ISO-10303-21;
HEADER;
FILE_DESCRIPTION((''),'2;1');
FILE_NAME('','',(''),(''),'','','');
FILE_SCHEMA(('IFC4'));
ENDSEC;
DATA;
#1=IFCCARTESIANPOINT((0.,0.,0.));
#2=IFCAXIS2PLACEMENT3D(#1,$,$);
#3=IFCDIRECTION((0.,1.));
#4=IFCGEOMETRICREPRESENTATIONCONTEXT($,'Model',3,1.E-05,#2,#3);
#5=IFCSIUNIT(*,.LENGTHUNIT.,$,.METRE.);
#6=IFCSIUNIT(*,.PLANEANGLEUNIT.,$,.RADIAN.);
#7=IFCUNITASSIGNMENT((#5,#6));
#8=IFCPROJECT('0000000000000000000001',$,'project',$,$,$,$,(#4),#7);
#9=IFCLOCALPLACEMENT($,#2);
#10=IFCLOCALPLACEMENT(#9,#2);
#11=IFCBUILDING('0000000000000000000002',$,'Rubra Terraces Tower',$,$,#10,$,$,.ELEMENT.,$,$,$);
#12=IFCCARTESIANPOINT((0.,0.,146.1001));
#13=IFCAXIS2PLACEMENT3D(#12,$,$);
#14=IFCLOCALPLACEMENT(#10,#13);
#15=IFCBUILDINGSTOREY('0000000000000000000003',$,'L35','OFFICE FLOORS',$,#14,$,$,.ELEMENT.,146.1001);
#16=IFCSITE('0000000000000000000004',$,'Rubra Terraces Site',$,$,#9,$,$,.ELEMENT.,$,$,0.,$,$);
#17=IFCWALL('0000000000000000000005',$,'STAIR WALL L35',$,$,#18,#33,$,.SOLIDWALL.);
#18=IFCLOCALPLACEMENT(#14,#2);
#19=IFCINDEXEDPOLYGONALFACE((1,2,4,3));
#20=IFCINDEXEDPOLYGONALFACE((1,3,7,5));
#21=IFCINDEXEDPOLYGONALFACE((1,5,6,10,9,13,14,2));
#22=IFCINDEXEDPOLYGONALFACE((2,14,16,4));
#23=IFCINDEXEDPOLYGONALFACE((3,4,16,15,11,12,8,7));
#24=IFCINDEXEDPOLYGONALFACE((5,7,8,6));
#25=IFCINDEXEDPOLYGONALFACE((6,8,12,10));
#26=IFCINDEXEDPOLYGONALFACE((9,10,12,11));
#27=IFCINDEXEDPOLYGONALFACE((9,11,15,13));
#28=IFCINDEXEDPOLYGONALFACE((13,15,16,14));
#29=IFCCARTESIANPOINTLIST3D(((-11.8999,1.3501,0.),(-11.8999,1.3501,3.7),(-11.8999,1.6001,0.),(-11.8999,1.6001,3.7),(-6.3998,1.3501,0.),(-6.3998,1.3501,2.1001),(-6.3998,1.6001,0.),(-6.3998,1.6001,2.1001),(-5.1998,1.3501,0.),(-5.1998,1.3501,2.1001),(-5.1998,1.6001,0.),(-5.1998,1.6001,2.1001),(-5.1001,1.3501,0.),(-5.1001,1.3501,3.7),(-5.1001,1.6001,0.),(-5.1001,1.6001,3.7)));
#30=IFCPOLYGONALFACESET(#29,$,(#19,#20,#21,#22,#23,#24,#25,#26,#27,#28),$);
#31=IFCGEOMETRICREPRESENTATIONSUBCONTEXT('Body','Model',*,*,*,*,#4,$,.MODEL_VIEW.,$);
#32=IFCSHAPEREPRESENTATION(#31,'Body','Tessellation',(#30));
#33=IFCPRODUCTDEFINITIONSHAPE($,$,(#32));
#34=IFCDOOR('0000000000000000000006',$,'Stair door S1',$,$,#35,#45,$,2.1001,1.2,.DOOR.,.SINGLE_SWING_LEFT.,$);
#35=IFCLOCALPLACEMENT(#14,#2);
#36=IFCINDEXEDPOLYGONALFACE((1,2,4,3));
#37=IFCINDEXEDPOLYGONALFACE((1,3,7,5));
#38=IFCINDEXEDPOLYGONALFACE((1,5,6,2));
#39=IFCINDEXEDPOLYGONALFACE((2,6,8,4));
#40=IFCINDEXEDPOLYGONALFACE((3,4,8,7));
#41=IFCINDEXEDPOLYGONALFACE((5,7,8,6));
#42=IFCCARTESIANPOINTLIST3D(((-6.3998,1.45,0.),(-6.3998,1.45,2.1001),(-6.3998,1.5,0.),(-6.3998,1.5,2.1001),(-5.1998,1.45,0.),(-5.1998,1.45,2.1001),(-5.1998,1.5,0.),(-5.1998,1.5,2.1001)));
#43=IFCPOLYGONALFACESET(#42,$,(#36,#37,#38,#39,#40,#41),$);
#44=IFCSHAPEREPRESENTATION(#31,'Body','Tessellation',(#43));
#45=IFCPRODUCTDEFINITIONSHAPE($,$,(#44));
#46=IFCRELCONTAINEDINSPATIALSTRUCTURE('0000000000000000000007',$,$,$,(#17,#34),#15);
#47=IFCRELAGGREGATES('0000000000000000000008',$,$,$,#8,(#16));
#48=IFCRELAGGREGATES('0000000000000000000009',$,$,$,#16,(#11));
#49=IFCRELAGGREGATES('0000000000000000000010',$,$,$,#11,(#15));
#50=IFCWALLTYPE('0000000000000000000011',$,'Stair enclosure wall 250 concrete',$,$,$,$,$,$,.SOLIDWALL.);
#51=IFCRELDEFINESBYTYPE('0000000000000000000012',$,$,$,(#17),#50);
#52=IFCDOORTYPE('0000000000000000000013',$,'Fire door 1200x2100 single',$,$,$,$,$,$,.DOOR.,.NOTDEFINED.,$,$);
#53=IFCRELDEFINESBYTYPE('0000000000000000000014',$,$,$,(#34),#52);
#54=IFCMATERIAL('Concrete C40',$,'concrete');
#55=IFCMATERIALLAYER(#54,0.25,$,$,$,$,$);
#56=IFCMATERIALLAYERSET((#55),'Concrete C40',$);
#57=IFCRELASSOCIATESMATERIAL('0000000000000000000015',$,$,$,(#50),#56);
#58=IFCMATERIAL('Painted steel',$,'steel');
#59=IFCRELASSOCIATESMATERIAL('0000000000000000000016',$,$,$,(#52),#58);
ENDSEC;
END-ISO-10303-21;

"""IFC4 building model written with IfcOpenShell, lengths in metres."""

from ifc_helpers import new_model, si_unit, direction, frame, frame_2d, origin, place, context, subcontext, project, spatial, rectangle, extrude, material, layer, layer_set, type_object, element, fill, save


model = new_model("IFC4")

# Units and contexts
model_context = context("Model", 3, precision=1e-05, world=origin(), true_north=direction((0.0, 1.0)))
body_context = subcontext(model_context, "Body", "Model", "MODEL_VIEW")
ifc_project = project(units=[si_unit("LENGTHUNIT", "METRE"), si_unit("PLANEANGLEUNIT", "RADIAN")], contexts=[model_context])

# Site, building, storey
site_placement = place(None, origin())
site = spatial("IfcSite", under=ifc_project, at=site_placement, Name="Rubra Terraces Site", CompositionType="ELEMENT", RefElevation=0.0)
building_placement = place(site_placement, origin())
building = spatial("IfcBuilding", under=site, at=building_placement, Name="Rubra Terraces Tower", CompositionType="ELEMENT")
storey_placement = place(building_placement, frame((0.0, 0.0, 146.1001)))
storey = spatial("IfcBuildingStorey", under=building, at=storey_placement, Name="L35", Description="OFFICE FLOORS", CompositionType="ELEMENT", Elevation=146.1001)

# Shared definitions
ifc_material_1 = material(Name="Painted steel", Category="steel")

# Shared definitions
ifc_material_2 = material(Name="Concrete C40", Category="concrete")

# Wall, opening, door
ifc_layer_1 = layer(ifc_material_2, 0.25)
ifc_layer_set_1 = layer_set([ifc_layer_1], Name="Concrete C40")
wall_type_1 = type_object("IfcWallType", Name="Stair enclosure wall 250 concrete", PredefinedType="SOLIDWALL", material=ifc_layer_set_1)
wall_1_placement = place(storey_placement, frame((-11.8999, 1.4751, 0.0), z_axis=(0.0, 0.0, 1.0), x_axis=(1.0, 0.0, 0.0)))
wall_1 = element("IfcWall", 1, at=wall_1_placement, inside=storey, type_object=wall_type_1, Name="STAIR WALL L35", PredefinedType="SOLIDWALL", context=body_context, shape_type="SweptSolid", body=[
    extrude(rectangle(XDim=6.7998, YDim=0.25, at=frame_2d((3.3999, 0.0))), origin(), (0.0, 0.0, 1.0), 3.7),
])
opening_1_placement = place(wall_1_placement, frame((5.5, 0.0, 0.0)))
opening_1 = element("IfcOpeningElement", 2, at=opening_1_placement, cuts=wall_1, PredefinedType="OPENING", context=body_context, shape_type="SweptSolid", body=[
    extrude(rectangle(XDim=1.2, YDim=2.1001, at=frame_2d((0.6001, 1.05))), frame((0.0, 0.135, 0.0), z_axis=(0.0, -1.0, 0.0), x_axis=(1.0, 0.0, 0.0)), (0.0, 0.0, 1.0), 0.27),
])
door_type_1 = type_object("IfcDoorType", Name="Fire door 1200x2100 single", OperationType="NOTDEFINED", PredefinedType="DOOR", material=ifc_material_1)
door_1_placement = place(opening_1_placement, origin())
door_1 = element("IfcDoor", 3, at=door_1_placement, inside=storey, type_object=door_type_1, Name="Stair door S1", OperationType="SINGLE_SWING_LEFT", OverallHeight=2.1001, OverallWidth=1.2, PredefinedType="DOOR", context=body_context, shape_type="SweptSolid", body=[
    extrude(rectangle(XDim=1.2, YDim=2.1001, at=frame_2d((0.6001, 1.05))), frame((0.0, 0.0249, 0.0), z_axis=(0.0, -1.0, 0.0), x_axis=(1.0, 0.0, 0.0)), (0.0, 0.0, 1.0), 0.05),
])
fill(opening_1, door_1)

save(model, "model.ifc")
